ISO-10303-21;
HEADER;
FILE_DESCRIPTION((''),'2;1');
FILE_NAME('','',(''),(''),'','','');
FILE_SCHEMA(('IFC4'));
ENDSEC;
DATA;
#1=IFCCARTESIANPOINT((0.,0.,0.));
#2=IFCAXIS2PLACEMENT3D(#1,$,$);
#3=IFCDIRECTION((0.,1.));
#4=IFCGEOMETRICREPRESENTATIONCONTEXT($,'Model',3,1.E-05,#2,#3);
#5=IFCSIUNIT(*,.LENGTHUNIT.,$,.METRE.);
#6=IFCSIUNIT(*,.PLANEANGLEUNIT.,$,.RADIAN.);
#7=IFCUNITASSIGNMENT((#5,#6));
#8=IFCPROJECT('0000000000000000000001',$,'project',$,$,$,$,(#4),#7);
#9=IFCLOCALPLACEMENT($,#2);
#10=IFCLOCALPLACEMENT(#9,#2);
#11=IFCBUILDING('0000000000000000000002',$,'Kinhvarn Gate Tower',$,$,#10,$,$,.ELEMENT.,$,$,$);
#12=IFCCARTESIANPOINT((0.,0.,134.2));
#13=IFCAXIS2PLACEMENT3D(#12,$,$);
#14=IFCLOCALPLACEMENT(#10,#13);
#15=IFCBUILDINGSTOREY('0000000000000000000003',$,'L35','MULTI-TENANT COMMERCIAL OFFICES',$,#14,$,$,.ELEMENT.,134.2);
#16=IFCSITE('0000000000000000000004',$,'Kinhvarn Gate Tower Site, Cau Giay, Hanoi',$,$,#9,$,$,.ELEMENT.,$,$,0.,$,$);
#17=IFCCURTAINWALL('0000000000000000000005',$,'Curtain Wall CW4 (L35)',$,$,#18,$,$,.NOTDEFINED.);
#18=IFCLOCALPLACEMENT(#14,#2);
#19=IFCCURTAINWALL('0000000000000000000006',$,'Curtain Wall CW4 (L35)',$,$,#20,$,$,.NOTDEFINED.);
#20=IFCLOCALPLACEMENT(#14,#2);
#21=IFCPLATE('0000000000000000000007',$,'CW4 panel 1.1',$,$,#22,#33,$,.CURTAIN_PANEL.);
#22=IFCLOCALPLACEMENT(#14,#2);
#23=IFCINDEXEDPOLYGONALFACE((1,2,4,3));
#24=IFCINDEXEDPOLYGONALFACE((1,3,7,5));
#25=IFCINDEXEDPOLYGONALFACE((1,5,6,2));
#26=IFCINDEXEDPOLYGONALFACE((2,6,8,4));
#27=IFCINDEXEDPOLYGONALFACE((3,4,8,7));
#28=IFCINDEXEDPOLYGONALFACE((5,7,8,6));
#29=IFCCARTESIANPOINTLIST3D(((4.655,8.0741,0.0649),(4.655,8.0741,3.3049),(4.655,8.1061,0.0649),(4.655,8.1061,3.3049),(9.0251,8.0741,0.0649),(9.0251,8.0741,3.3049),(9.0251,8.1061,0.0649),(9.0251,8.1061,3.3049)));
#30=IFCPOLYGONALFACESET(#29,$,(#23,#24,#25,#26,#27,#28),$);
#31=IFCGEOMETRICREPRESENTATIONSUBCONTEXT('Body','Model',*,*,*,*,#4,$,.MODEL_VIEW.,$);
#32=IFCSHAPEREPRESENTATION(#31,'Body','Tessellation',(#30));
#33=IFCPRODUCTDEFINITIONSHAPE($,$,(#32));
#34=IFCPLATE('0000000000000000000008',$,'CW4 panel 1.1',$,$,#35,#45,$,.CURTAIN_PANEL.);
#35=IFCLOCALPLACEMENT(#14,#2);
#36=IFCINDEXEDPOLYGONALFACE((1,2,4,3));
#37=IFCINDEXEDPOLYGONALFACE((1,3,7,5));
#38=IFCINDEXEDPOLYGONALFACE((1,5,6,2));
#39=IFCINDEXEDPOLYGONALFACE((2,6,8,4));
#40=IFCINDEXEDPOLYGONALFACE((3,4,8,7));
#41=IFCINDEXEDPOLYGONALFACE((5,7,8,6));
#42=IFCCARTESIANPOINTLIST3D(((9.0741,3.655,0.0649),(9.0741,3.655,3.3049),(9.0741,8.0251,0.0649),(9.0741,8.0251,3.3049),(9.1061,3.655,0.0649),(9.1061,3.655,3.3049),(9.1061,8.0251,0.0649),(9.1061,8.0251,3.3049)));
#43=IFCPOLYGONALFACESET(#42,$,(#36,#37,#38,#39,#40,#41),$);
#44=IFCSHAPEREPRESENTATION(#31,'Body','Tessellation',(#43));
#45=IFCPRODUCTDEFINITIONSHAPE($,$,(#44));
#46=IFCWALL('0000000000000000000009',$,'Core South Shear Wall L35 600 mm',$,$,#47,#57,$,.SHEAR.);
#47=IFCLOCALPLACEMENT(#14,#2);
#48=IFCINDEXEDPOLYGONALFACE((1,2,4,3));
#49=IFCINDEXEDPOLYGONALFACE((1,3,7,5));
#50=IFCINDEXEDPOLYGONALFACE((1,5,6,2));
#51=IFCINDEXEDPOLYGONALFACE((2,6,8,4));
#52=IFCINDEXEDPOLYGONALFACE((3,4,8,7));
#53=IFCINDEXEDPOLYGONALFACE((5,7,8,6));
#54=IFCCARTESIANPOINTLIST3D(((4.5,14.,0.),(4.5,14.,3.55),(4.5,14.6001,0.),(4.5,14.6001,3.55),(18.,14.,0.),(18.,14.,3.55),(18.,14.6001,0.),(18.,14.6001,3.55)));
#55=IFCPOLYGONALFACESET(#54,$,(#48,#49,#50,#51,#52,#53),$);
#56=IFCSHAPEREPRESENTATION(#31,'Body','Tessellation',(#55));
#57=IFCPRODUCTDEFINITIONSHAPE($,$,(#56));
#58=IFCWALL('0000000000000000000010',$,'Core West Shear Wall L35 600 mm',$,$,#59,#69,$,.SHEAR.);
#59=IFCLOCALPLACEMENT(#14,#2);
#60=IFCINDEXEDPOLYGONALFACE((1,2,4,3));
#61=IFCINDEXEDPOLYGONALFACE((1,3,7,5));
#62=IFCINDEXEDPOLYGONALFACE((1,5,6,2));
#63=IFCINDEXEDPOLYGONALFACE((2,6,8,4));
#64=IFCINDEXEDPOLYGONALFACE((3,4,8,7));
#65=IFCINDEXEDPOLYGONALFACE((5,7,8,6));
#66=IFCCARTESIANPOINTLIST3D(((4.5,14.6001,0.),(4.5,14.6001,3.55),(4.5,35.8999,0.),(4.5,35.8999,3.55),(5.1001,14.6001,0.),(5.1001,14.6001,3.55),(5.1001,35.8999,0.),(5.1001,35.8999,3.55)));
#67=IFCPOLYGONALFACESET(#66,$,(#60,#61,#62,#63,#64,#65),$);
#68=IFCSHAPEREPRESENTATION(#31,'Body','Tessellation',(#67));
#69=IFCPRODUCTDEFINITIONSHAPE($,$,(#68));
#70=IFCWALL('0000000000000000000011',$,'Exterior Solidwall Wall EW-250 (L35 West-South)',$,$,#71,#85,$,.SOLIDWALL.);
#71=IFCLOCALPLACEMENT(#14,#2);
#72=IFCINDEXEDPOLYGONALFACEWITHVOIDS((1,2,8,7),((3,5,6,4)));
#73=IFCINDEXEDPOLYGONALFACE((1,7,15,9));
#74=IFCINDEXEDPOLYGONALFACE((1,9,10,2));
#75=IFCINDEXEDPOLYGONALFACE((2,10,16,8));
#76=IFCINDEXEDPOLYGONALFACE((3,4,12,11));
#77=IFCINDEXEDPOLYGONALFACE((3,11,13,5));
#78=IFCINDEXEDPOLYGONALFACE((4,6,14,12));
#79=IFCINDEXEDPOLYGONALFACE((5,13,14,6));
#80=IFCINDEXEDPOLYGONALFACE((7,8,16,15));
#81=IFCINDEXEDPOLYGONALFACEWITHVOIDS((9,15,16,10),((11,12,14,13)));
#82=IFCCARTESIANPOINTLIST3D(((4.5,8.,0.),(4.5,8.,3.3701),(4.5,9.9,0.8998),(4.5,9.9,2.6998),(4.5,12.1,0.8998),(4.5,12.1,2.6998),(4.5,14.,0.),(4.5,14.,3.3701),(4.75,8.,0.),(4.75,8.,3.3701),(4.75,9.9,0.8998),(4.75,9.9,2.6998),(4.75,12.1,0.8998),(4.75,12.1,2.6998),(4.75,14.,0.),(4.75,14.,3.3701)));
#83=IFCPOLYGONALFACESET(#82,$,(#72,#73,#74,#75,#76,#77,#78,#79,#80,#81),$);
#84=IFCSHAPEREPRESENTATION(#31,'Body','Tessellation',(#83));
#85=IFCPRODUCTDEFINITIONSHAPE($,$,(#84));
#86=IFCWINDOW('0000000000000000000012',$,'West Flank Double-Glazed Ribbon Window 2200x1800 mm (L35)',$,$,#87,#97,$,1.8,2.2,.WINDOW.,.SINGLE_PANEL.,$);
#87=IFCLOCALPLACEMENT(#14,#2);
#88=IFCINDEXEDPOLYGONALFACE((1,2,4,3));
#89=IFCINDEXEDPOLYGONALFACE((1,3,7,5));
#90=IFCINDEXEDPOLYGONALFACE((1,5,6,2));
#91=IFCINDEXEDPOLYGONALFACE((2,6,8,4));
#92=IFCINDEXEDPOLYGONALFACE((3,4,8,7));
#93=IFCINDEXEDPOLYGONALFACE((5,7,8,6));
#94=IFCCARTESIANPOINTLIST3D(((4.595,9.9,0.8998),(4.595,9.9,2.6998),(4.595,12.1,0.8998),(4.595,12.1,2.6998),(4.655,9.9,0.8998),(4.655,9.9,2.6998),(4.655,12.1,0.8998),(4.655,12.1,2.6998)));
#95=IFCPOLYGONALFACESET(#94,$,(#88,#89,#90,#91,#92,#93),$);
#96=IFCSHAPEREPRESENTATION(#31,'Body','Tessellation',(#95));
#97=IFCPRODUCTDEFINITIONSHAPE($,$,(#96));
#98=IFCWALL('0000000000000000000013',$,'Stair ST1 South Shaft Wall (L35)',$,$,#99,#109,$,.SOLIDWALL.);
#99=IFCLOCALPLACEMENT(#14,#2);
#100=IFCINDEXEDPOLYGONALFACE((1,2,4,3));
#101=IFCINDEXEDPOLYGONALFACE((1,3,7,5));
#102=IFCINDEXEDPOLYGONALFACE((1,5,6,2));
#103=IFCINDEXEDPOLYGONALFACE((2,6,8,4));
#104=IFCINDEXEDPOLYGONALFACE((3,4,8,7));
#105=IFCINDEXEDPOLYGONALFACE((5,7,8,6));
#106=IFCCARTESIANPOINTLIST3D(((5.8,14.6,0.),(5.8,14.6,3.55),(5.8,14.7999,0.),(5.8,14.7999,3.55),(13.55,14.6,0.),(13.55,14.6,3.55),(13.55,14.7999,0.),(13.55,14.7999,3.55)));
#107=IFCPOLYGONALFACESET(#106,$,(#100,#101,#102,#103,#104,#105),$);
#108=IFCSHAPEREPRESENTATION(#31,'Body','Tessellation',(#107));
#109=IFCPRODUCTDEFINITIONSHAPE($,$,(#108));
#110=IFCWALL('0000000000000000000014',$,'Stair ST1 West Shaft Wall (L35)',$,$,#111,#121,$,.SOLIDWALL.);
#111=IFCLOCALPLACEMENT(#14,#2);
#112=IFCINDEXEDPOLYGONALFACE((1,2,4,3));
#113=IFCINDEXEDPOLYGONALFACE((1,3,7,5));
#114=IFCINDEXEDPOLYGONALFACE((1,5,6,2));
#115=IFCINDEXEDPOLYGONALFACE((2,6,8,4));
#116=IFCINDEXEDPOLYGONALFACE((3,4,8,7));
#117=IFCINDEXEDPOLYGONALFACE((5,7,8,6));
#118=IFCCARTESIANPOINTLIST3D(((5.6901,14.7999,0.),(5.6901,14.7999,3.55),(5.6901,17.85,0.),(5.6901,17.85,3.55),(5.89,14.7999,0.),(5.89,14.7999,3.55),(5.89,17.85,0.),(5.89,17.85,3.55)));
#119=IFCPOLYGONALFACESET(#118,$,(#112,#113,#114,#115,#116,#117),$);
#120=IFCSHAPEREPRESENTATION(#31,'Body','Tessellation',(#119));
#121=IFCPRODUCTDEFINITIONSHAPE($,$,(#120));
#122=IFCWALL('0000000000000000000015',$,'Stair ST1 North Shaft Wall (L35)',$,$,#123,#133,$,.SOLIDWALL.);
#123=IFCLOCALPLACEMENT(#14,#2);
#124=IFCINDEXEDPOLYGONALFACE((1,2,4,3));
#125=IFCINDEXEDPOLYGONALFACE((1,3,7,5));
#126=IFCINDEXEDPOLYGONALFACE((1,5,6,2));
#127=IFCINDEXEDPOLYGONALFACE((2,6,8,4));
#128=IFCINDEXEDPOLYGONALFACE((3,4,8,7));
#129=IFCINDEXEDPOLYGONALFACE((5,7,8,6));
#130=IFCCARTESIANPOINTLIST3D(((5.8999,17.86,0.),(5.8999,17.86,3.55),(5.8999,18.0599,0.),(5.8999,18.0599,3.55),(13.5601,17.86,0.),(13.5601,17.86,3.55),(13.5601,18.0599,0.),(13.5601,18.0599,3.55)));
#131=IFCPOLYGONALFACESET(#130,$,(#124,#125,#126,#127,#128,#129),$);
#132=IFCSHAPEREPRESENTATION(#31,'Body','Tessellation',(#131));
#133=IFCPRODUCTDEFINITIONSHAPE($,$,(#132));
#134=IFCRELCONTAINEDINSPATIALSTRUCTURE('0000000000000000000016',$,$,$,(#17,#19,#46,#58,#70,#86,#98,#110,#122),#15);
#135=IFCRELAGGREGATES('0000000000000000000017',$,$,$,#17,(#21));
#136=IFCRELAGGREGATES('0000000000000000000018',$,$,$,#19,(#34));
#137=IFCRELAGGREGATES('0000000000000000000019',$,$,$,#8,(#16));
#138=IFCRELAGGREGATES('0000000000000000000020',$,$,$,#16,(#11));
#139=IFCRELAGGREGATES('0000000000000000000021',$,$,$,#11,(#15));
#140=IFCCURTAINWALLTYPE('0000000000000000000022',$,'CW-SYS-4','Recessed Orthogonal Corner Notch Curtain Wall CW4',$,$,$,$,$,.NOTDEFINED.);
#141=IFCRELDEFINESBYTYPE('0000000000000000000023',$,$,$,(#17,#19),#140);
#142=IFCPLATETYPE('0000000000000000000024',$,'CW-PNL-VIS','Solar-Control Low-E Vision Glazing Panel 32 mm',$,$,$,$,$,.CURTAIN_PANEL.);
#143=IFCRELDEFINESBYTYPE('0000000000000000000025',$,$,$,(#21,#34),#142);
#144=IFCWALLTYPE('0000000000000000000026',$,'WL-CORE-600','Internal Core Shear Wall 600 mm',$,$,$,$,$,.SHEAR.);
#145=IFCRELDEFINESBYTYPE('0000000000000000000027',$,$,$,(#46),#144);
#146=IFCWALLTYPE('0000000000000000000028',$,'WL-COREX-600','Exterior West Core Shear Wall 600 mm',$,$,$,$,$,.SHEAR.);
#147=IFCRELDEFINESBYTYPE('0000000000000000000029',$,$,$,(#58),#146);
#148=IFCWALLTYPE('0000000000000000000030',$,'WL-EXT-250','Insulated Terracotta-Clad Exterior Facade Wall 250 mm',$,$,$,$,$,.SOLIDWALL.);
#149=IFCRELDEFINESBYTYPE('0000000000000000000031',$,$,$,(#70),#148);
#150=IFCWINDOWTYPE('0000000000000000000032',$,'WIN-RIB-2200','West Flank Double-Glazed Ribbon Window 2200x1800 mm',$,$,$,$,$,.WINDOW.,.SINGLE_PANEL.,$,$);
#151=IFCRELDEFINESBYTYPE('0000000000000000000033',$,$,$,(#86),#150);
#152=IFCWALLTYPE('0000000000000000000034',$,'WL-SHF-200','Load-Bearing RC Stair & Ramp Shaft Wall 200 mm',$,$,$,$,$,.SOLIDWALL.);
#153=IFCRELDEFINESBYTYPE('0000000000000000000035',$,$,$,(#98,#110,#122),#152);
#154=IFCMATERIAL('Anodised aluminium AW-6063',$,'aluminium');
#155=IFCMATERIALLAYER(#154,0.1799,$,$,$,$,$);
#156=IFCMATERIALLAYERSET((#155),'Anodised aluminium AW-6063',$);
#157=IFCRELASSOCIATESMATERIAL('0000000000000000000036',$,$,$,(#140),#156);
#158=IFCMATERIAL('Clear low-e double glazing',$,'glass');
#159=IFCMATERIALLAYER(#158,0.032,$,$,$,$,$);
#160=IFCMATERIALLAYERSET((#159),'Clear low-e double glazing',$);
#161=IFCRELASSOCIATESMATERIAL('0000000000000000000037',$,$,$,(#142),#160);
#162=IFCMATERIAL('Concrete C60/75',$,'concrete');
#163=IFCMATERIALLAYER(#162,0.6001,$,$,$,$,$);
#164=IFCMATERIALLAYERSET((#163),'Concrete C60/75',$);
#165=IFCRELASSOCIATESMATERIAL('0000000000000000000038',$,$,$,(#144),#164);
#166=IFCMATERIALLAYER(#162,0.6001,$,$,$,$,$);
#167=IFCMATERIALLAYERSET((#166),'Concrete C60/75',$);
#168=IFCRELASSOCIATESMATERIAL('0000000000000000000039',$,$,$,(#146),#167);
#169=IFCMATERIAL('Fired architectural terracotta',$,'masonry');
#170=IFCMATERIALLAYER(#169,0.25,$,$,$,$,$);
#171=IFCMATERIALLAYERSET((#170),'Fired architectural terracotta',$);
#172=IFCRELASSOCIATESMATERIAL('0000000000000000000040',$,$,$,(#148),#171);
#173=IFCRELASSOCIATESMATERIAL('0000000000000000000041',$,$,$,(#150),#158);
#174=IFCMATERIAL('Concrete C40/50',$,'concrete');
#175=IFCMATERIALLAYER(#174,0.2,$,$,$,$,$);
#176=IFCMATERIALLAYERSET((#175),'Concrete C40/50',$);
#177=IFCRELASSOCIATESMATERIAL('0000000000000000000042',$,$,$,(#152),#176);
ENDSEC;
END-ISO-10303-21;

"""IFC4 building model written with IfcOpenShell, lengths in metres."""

from ifc_helpers import new_model, si_unit, direction, frame, frame_2d, origin, origin_2d, place, context, subcontext, project, spatial, rectangle, extrude, material, layer, layer_set, type_object, element, fill, aggregate, save


model = new_model("IFC4")

# Units and contexts
model_context = context("Model", 3, precision=1e-05, world=origin(), true_north=direction((0.0, 1.0)))
body_context = subcontext(model_context, "Body", "Model", "MODEL_VIEW")
ifc_project = project(units=[si_unit("LENGTHUNIT", "METRE"), si_unit("PLANEANGLEUNIT", "RADIAN")], contexts=[model_context])

# Site, building, storey
site_placement = place(None, origin())
site = spatial("IfcSite", under=ifc_project, at=site_placement, Name="Kinhvarn Gate Tower Site, Cau Giay, Hanoi", CompositionType="ELEMENT", RefElevation=0.0)
building_placement = place(site_placement, origin())
building = spatial("IfcBuilding", under=site, at=building_placement, Name="Kinhvarn Gate Tower", CompositionType="ELEMENT")
storey_placement = place(building_placement, frame((0.0, 0.0, 134.2)))
storey = spatial("IfcBuildingStorey", under=building, at=storey_placement, Name="L35", Description="MULTI-TENANT COMMERCIAL OFFICES", CompositionType="ELEMENT", Elevation=134.2)

# Shared definitions
ifc_material_1 = material(Name="Concrete C60/75", Category="concrete")

# Shared definitions
ifc_material_2 = material(Name="Anodised aluminium AW-6063", Category="aluminium")

# Curtain walls
ifc_layer_1 = layer(ifc_material_2, 0.1799)
ifc_layer_set_1 = layer_set([ifc_layer_1], Name="Anodised aluminium AW-6063")
curtain_wall_type_1 = type_object("IfcCurtainWallType", Name="CW-SYS-4", Description="Recessed Orthogonal Corner Notch Curtain Wall CW4", PredefinedType="NOTDEFINED", material=ifc_layer_set_1)
curtain_wall_1_placement = place(storey_placement, origin())
curtain_wall_1 = element("IfcCurtainWall", 1, at=curtain_wall_1_placement, inside=storey, type_object=curtain_wall_type_1, Name="Curtain Wall CW4 (L35)", PredefinedType="NOTDEFINED")
curtain_wall_2_placement = place(storey_placement, origin())
curtain_wall_2 = element("IfcCurtainWall", 2, at=curtain_wall_2_placement, inside=storey, type_object=curtain_wall_type_1, Name="Curtain Wall CW4 (L35)", PredefinedType="NOTDEFINED")

# Plates
ifc_material_3 = material(Name="Clear low-e double glazing", Category="glass")
ifc_layer_2 = layer(ifc_material_3, 0.032)
ifc_layer_set_2 = layer_set([ifc_layer_2], Name="Clear low-e double glazing")
plate_type = type_object("IfcPlateType", Name="CW-PNL-VIS", Description="Solar-Control Low-E Vision Glazing Panel 32 mm", PredefinedType="CURTAIN_PANEL", material=ifc_layer_set_2)
plate_1_placement = place(storey_placement, frame((6.8401, 8.0901, 0.0649), z_axis=(0.0, 0.0, 1.0), x_axis=(1.0, 0.0, 0.0)))
plate_1 = element("IfcPlate", 3, at=plate_1_placement, type_object=plate_type, Name="CW4 panel 1.1", PredefinedType="CURTAIN_PANEL", context=body_context, shape_type="SweptSolid", body=[
    extrude(rectangle(XDim=4.3701, YDim=0.032, at=origin_2d()), origin(), (0.0, 0.0, 1.0), 3.24),
])
aggregate(curtain_wall_1, [plate_1])
plate_2_placement = place(storey_placement, frame((9.0901, 5.8401, 0.0649), z_axis=(0.0, 0.0, 1.0), x_axis=(0.0, -1.0, 0.0)))
plate_2 = element("IfcPlate", 4, at=plate_2_placement, type_object=plate_type, Name="CW4 panel 1.1", PredefinedType="CURTAIN_PANEL", context=body_context, shape_type="SweptSolid", body=[
    extrude(rectangle(XDim=4.3701, YDim=0.032, at=origin_2d()), origin(), (0.0, 0.0, 1.0), 3.24),
])
aggregate(curtain_wall_2, [plate_2])

# Walls
ifc_layer_3 = layer(ifc_material_1, 0.6001)
ifc_layer_set_3 = layer_set([ifc_layer_3], Name="Concrete C60/75")
wall_type_1 = type_object("IfcWallType", Name="WL-CORE-600", Description="Internal Core Shear Wall 600 mm", PredefinedType="SHEAR", material=ifc_layer_set_3)
wall_1_placement = place(storey_placement, frame((4.5, 14.3, 0.0), z_axis=(0.0, 0.0, 1.0), x_axis=(1.0, 0.0, 0.0)))
element("IfcWall", 5, at=wall_1_placement, inside=storey, type_object=wall_type_1, Name="Core South Shear Wall L35 600 mm", PredefinedType="SHEAR", context=body_context, shape_type="SweptSolid", body=[
    extrude(rectangle(XDim=13.5, YDim=0.6001, at=frame_2d((6.75, 0.0))), origin(), (0.0, 0.0, 1.0), 3.55),
])
ifc_layer_4 = layer(ifc_material_1, 0.6001)
ifc_layer_set_4 = layer_set([ifc_layer_4], Name="Concrete C60/75")
wall_type_2 = type_object("IfcWallType", Name="WL-COREX-600", Description="Exterior West Core Shear Wall 600 mm", PredefinedType="SHEAR", material=ifc_layer_set_4)
wall_2_placement = place(storey_placement, frame((4.8, 14.6001, 0.0), z_axis=(0.0, 0.0, 1.0), x_axis=(0.0, 1.0, 0.0)))
element("IfcWall", 6, at=wall_2_placement, inside=storey, type_object=wall_type_2, Name="Core West Shear Wall L35 600 mm", PredefinedType="SHEAR", context=body_context, shape_type="SweptSolid", body=[
    extrude(rectangle(XDim=21.2998, YDim=0.6001, at=frame_2d((10.6499, 0.0))), origin(), (0.0, 0.0, 1.0), 3.55),
])

# Wall, opening, window
ifc_material_4 = material(Name="Fired architectural terracotta", Category="masonry")
ifc_layer_5 = layer(ifc_material_4, 0.25)
ifc_layer_set_5 = layer_set([ifc_layer_5], Name="Fired architectural terracotta")
wall_type_3 = type_object("IfcWallType", Name="WL-EXT-250", Description="Insulated Terracotta-Clad Exterior Facade Wall 250 mm", PredefinedType="SOLIDWALL", material=ifc_layer_set_5)
wall_3_placement = place(storey_placement, frame((4.625, 14.0, 0.0), z_axis=(0.0, 0.0, 1.0), x_axis=(0.0, -1.0, 0.0)))
wall_3 = element("IfcWall", 7, at=wall_3_placement, inside=storey, type_object=wall_type_3, Name="Exterior Solidwall Wall EW-250 (L35 West-South)", PredefinedType="SOLIDWALL", context=body_context, shape_type="SweptSolid", body=[
    extrude(rectangle(XDim=6.0, YDim=0.25, at=frame_2d((3.0, 0.0))), origin(), (0.0, 0.0, 1.0), 3.3701),
])
opening_placement = place(wall_3_placement, frame((1.8999, 0.0, 0.8999)))
opening = element("IfcOpeningElement", 8, at=opening_placement, cuts=wall_3, PredefinedType="OPENING", context=body_context, shape_type="SweptSolid", body=[
    extrude(rectangle(XDim=2.2, YDim=1.8, at=frame_2d((1.1001, 0.8999))), frame((0.0, 0.135, 0.0), z_axis=(0.0, -1.0, 0.0), x_axis=(1.0, 0.0, 0.0)), (0.0, 0.0, 1.0), 0.27),
])
window_type = type_object("IfcWindowType", Name="WIN-RIB-2200", Description="West Flank Double-Glazed Ribbon Window 2200x1800 mm", PartitioningType="SINGLE_PANEL", PredefinedType="WINDOW", material=ifc_material_3)
window_placement = place(opening_placement, origin())
window = element("IfcWindow", 9, at=window_placement, inside=storey, type_object=window_type, Name="West Flank Double-Glazed Ribbon Window 2200x1800 mm (L35)", OverallHeight=1.8, OverallWidth=2.2, PartitioningType="SINGLE_PANEL", PredefinedType="WINDOW", context=body_context, shape_type="SweptSolid", body=[
    extrude(rectangle(XDim=2.2, YDim=1.8, at=frame_2d((1.1001, 0.8999))), frame((0.0, 0.03, 0.0), z_axis=(0.0, -1.0, 0.0), x_axis=(1.0, 0.0, 0.0)), (0.0, 0.0, 1.0), 0.0601),
])
fill(opening, window)

# Walls
ifc_material_5 = material(Name="Concrete C40/50", Category="concrete")
ifc_layer_6 = layer(ifc_material_5, 0.2)
ifc_layer_set_6 = layer_set([ifc_layer_6], Name="Concrete C40/50")
wall_type_4 = type_object("IfcWallType", Name="WL-SHF-200", Description="Load-Bearing RC Stair & Ramp Shaft Wall 200 mm", PredefinedType="SOLIDWALL", material=ifc_layer_set_6)
wall_4_placement = place(storey_placement, frame((5.8, 14.7, 0.0), z_axis=(0.0, 0.0, 1.0), x_axis=(1.0, 0.0, 0.0)))
element("IfcWall", 10, at=wall_4_placement, inside=storey, type_object=wall_type_4, Name="Stair ST1 South Shaft Wall (L35)", PredefinedType="SOLIDWALL", context=body_context, shape_type="SweptSolid", body=[
    extrude(rectangle(XDim=7.75, YDim=0.2, at=frame_2d((3.875, 0.0))), origin(), (0.0, 0.0, 1.0), 3.55),
])
wall_5_placement = place(storey_placement, frame((5.79, 14.8, 0.0), z_axis=(0.0, 0.0, 1.0), x_axis=(0.0, 1.0, 0.0)))
element("IfcWall", 11, at=wall_5_placement, inside=storey, type_object=wall_type_4, Name="Stair ST1 West Shaft Wall (L35)", PredefinedType="SOLIDWALL", context=body_context, shape_type="SweptSolid", body=[
    extrude(rectangle(XDim=3.05, YDim=0.2, at=frame_2d((1.5249, 0.0))), origin(), (0.0, 0.0, 1.0), 3.55),
])
wall_6_placement = place(storey_placement, frame((5.8999, 17.96, 0.0), z_axis=(0.0, 0.0, 1.0), x_axis=(1.0, 0.0, 0.0)))
element("IfcWall", 12, at=wall_6_placement, inside=storey, type_object=wall_type_4, Name="Stair ST1 North Shaft Wall (L35)", PredefinedType="SOLIDWALL", context=body_context, shape_type="SweptSolid", body=[
    extrude(rectangle(XDim=7.6602, YDim=0.2, at=frame_2d((3.8301, 0.0))), origin(), (0.0, 0.0, 1.0), 3.55),
])

save(model, "model.ifc")
